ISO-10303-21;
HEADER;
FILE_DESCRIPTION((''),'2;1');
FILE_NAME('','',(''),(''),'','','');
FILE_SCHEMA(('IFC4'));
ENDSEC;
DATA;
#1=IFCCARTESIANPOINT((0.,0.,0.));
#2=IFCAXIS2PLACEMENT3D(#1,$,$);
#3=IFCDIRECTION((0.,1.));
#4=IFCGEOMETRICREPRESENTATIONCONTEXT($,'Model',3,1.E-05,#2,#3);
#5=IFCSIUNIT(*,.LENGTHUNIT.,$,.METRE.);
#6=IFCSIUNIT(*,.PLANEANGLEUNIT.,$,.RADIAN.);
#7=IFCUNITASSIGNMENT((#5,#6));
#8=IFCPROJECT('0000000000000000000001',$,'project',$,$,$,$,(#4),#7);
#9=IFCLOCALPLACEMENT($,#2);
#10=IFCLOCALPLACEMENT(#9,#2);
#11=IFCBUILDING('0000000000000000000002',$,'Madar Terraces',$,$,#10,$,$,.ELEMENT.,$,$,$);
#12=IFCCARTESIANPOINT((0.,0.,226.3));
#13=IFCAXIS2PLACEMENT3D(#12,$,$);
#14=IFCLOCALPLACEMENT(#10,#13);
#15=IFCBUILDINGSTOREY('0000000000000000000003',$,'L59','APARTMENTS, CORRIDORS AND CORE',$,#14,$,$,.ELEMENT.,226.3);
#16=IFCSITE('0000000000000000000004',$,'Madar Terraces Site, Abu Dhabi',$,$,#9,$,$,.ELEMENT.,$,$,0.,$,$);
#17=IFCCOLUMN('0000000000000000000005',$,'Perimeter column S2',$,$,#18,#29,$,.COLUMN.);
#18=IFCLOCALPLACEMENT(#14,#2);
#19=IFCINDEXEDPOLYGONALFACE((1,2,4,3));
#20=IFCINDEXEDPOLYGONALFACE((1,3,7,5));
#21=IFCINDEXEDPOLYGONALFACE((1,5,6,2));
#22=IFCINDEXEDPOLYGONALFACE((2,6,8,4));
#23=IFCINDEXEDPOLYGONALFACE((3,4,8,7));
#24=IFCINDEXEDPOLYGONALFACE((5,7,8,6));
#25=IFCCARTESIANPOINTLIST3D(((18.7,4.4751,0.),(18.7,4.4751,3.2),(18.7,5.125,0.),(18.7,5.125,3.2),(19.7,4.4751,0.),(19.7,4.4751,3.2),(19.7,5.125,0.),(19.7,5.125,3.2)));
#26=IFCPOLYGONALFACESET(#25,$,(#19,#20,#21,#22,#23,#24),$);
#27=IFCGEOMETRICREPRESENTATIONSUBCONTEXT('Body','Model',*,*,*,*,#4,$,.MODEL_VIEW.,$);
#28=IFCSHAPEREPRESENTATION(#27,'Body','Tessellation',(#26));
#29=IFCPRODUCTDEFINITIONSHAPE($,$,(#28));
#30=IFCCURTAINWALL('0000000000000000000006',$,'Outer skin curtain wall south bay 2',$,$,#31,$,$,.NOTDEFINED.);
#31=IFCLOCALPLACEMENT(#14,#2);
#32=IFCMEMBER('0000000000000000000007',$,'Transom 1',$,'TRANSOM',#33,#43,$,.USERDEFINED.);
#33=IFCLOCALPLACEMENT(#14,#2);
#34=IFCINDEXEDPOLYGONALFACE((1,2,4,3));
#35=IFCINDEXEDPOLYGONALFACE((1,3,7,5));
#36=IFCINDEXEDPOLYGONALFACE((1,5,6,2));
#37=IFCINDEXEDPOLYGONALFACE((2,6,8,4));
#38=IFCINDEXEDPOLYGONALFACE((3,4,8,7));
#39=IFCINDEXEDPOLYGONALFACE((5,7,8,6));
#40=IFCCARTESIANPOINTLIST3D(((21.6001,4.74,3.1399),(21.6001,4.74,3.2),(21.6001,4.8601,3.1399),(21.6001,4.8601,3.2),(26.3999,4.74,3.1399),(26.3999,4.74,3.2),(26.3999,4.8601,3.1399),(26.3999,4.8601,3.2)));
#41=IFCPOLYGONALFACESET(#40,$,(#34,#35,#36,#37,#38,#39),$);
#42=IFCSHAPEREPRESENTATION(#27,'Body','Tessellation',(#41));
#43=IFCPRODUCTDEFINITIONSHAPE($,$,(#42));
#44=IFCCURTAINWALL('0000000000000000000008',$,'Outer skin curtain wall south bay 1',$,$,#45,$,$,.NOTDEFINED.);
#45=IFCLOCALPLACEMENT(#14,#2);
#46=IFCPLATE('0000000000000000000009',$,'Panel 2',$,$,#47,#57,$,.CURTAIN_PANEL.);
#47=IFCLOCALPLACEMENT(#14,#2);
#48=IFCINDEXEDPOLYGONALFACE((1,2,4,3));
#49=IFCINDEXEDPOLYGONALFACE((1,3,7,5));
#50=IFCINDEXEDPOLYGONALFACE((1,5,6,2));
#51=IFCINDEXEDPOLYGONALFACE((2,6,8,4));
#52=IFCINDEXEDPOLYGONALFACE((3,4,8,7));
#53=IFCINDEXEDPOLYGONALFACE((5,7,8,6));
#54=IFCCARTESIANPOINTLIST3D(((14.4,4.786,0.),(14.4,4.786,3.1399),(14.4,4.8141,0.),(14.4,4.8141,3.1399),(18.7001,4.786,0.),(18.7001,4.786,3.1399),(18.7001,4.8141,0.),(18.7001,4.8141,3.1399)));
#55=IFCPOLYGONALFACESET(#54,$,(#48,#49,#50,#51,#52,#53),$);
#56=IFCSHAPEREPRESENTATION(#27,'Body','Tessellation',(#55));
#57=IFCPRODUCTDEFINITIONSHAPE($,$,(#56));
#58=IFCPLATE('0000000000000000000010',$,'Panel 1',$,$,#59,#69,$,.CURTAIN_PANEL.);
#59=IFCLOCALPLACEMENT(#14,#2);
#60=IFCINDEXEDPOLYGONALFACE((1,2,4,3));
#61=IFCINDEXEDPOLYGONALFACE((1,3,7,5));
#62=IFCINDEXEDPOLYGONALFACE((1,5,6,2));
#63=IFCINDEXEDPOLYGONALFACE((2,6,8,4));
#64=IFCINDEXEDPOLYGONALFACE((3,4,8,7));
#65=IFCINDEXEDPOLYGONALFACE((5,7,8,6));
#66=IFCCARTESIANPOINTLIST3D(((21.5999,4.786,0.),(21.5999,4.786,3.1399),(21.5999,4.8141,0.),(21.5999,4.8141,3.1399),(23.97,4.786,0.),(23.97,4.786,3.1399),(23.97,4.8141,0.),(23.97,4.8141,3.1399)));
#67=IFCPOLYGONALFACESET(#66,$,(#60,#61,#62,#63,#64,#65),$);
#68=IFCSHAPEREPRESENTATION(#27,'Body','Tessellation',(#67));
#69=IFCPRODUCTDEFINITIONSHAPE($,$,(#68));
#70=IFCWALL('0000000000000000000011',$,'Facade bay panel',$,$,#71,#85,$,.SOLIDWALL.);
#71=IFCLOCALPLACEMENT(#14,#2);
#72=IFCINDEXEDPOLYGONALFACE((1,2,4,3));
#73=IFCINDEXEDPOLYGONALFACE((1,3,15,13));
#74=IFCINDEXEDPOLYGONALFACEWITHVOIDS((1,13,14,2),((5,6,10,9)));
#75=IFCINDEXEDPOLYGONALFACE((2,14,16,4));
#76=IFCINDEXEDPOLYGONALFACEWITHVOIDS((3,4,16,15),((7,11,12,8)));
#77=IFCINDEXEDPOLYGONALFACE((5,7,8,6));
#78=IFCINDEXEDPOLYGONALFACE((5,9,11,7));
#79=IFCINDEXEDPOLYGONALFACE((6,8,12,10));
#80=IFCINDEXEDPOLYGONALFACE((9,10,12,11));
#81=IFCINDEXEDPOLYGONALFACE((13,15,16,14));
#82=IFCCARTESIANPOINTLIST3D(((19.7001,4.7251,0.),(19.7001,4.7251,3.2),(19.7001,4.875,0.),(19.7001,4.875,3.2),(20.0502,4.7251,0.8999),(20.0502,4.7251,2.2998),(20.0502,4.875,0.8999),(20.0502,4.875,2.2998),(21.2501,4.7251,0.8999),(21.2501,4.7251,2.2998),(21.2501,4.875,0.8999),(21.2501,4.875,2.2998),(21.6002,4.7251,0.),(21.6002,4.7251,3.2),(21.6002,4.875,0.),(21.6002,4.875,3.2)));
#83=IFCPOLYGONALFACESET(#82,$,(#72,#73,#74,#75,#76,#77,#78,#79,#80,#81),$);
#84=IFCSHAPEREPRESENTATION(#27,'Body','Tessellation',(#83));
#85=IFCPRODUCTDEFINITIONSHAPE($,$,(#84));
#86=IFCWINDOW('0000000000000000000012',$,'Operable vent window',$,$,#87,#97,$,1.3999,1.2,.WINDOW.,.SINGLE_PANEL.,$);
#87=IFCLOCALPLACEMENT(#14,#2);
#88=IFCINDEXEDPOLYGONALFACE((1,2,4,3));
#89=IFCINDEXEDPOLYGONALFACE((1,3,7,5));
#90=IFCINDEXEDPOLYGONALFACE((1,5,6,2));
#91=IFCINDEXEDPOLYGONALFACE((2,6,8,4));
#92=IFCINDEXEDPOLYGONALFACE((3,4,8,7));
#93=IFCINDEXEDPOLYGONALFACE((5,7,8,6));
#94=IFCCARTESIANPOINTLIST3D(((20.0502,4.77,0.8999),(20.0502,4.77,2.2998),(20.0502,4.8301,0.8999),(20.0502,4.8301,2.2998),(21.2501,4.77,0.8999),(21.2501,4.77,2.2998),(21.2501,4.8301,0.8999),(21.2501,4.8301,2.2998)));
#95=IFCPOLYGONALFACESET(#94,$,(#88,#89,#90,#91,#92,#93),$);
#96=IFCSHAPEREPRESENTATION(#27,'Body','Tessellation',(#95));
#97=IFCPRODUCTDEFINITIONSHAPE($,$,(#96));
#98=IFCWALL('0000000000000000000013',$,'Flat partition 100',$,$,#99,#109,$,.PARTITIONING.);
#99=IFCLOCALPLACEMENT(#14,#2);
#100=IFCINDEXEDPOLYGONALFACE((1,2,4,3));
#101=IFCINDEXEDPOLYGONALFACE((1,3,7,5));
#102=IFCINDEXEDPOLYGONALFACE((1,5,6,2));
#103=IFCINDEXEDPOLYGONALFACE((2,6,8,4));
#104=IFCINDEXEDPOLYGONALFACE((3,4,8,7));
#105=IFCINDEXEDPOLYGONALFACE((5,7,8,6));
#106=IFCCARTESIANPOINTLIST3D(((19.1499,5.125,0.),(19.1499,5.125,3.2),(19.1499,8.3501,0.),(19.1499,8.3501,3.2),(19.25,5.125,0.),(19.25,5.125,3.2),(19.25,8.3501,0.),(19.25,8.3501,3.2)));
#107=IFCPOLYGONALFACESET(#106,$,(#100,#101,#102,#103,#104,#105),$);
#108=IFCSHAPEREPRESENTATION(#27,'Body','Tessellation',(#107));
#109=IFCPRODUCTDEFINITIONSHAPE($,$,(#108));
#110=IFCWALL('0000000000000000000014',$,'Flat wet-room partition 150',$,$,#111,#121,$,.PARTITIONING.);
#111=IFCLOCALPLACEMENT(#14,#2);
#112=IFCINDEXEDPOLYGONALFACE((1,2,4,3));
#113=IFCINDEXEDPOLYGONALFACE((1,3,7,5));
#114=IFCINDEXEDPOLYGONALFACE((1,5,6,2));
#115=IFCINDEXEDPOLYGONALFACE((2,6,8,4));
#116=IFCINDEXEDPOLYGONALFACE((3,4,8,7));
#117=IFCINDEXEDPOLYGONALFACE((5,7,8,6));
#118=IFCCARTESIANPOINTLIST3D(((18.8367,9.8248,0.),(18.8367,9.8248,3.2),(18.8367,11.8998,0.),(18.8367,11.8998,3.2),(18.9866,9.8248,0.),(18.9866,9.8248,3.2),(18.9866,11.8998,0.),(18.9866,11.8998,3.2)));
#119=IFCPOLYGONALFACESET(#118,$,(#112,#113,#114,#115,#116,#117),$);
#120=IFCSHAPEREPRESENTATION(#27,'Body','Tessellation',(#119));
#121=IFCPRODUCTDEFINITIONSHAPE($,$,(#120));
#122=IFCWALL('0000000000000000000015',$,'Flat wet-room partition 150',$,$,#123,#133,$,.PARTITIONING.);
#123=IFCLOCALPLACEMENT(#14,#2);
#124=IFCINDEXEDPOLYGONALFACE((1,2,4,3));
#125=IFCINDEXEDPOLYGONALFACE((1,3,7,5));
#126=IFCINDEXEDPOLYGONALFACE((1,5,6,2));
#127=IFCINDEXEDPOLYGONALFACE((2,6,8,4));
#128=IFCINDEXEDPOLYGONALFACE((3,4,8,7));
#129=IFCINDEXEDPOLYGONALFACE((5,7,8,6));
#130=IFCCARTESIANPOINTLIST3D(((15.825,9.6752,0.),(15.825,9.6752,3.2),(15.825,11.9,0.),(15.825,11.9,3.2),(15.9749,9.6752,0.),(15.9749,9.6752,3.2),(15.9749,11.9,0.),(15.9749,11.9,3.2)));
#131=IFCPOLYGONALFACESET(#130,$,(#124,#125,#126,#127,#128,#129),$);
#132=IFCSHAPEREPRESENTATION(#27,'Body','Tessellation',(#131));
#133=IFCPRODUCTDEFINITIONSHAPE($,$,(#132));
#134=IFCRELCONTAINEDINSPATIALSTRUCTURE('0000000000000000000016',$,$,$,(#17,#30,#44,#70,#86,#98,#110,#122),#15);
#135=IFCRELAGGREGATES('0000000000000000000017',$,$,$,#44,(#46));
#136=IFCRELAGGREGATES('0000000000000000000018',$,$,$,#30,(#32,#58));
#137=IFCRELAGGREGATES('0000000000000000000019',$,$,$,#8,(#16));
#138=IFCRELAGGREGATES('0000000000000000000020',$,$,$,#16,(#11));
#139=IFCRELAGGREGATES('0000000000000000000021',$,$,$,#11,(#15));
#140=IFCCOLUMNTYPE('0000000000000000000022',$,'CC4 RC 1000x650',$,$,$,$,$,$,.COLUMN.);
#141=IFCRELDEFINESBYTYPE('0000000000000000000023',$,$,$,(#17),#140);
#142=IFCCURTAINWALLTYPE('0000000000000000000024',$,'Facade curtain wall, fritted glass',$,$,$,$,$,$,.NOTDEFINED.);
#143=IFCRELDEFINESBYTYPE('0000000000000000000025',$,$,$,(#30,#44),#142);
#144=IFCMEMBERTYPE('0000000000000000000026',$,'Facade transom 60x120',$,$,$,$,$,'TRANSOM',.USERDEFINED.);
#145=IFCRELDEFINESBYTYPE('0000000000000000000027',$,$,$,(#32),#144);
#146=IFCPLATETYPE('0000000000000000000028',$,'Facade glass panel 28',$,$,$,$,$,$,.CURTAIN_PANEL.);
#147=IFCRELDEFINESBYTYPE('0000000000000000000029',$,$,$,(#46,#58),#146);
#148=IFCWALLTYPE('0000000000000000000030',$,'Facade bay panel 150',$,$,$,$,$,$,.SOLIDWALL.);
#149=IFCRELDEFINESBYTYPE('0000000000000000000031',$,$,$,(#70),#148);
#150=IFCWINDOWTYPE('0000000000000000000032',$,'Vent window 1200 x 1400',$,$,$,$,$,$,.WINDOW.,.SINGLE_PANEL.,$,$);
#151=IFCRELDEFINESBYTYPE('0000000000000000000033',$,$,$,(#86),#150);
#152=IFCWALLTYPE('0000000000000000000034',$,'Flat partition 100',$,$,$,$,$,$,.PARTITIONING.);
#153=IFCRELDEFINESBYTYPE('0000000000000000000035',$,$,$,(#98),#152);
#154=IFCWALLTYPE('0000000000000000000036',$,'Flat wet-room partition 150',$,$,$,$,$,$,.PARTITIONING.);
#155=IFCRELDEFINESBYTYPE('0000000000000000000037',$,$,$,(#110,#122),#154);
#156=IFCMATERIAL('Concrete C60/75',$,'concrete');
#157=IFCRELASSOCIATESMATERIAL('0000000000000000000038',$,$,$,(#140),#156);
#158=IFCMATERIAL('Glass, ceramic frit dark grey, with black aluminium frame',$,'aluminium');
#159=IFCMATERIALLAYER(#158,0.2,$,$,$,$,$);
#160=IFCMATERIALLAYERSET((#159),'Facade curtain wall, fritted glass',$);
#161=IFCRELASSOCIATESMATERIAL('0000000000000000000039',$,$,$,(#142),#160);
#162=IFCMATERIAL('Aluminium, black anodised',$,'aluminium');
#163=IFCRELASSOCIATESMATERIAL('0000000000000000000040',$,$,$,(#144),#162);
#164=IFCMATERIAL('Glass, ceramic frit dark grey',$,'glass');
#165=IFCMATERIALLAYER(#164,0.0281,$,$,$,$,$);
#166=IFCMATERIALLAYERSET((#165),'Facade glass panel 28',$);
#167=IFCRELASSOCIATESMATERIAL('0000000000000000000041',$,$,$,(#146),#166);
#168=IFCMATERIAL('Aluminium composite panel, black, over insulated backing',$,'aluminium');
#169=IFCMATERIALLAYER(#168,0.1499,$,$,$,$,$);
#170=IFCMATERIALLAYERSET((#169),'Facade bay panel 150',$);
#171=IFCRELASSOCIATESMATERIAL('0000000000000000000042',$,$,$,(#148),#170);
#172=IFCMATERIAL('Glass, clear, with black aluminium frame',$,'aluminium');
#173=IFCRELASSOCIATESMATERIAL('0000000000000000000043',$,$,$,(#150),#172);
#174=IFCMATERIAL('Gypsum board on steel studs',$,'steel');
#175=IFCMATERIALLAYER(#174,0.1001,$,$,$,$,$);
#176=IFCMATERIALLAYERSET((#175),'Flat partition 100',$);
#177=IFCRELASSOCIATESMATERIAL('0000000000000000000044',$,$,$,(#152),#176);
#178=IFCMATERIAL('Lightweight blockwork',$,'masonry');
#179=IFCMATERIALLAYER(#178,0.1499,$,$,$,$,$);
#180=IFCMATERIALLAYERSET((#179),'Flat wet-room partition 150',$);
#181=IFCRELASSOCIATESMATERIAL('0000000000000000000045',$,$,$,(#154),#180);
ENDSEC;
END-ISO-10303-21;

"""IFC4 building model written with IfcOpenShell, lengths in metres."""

from ifc_helpers import new_model, si_unit, direction, frame, frame_2d, origin, origin_2d, place, context, subcontext, project, spatial, rectangle, extrude, material, layer, layer_set, material_profile, profile_set, type_object, element, fill, aggregate, save


model = new_model("IFC4")

# Units and contexts
model_context = context("Model", 3, precision=1e-05, world=origin(), true_north=direction((0.0, 1.0)))
body_context = subcontext(model_context, "Body", "Model", "MODEL_VIEW")
ifc_project = project(units=[si_unit("LENGTHUNIT", "METRE"), si_unit("PLANEANGLEUNIT", "RADIAN")], contexts=[model_context])

# Site, building, storey
site_placement = place(None, origin())
site = spatial("IfcSite", under=ifc_project, at=site_placement, Name="Madar Terraces Site, Abu Dhabi", CompositionType="ELEMENT", RefElevation=0.0)
building_placement = place(site_placement, origin())
building = spatial("IfcBuilding", under=site, at=building_placement, Name="Madar Terraces", CompositionType="ELEMENT")
storey_placement = place(building_placement, frame((0.0, 0.0, 226.3)))
storey = spatial("IfcBuildingStorey", under=building, at=storey_placement, Name="L59", Description="APARTMENTS, CORRIDORS AND CORE", CompositionType="ELEMENT", Elevation=226.3)

# Column
ifc_material_1 = material(Name="Concrete C60/75", Category="concrete")
ifc_material_profile_1 = material_profile(ifc_material_1, rectangle(XDim=1.0, YDim=0.6499, at=origin_2d()), Name="CC4 RC 1000x650")
ifc_profile_set_1 = profile_set([ifc_material_profile_1], Name="Concrete C60/75")
column_type = type_object("IfcColumnType", Name="CC4 RC 1000x650", PredefinedType="COLUMN", material=ifc_profile_set_1)
column_placement = place(storey_placement, frame((19.2, 4.8, 0.0), z_axis=(0.0, 0.0, 1.0), x_axis=(1.0, 0.0, 0.0)))
element("IfcColumn", 1, at=column_placement, inside=storey, type_object=column_type, Name="Perimeter column S2", PredefinedType="COLUMN", context=body_context, shape_type="SweptSolid", body=[
    extrude(rectangle(XDim=1.0, YDim=0.6499, at=origin_2d()), origin(), (0.0, 0.0, 1.0), 3.2),
])

# Curtain wall, member
ifc_material_2 = material(Name="Glass, ceramic frit dark grey, with black aluminium frame", Category="aluminium")
ifc_layer_1 = layer(ifc_material_2, 0.2)
ifc_layer_set_1 = layer_set([ifc_layer_1], Name="Facade curtain wall, fritted glass")
curtain_wall_type = type_object("IfcCurtainWallType", Name="Facade curtain wall, fritted glass", PredefinedType="NOTDEFINED", material=ifc_layer_set_1)
curtain_wall_1_placement = place(storey_placement, origin())
curtain_wall_1 = element("IfcCurtainWall", 2, at=curtain_wall_1_placement, inside=storey, type_object=curtain_wall_type, Name="Outer skin curtain wall south bay 2", PredefinedType="NOTDEFINED")
ifc_material_3 = material(Name="Aluminium, black anodised", Category="aluminium")
ifc_material_profile_2 = material_profile(ifc_material_3, rectangle(XDim=0.1201, YDim=0.0601, at=origin_2d()), Name="Facade transom 60x120")
ifc_profile_set_2 = profile_set([ifc_material_profile_2], Name="Aluminium, black anodised")
member_type = type_object("IfcMemberType", Name="Facade transom 60x120", ElementType="TRANSOM", PredefinedType="USERDEFINED", material=ifc_profile_set_2)
member_placement = place(storey_placement, frame((21.6001, 4.8, 3.1699), z_axis=(1.0, 0.0, 0.0), x_axis=(0.0, 1.0, 0.0)))
member = element("IfcMember", 3, at=member_placement, type_object=member_type, Name="Transom 1", ObjectType="TRANSOM", PredefinedType="USERDEFINED", context=body_context, shape_type="SweptSolid", body=[
    extrude(rectangle(XDim=0.1201, YDim=0.0601, at=origin_2d()), origin(), (0.0, 0.0, 1.0), 4.7998),
])

# Curtain wall, plate
curtain_wall_2_placement = place(storey_placement, origin())
curtain_wall_2 = element("IfcCurtainWall", 4, at=curtain_wall_2_placement, inside=storey, type_object=curtain_wall_type, Name="Outer skin curtain wall south bay 1", PredefinedType="NOTDEFINED")
ifc_material_4 = material(Name="Glass, ceramic frit dark grey", Category="glass")
ifc_layer_2 = layer(ifc_material_4, 0.0281)
ifc_layer_set_2 = layer_set([ifc_layer_2], Name="Facade glass panel 28")
plate_type = type_object("IfcPlateType", Name="Facade glass panel 28", PredefinedType="CURTAIN_PANEL", material=ifc_layer_set_2)
plate_1_placement = place(storey_placement, frame((16.55, 4.8, 0.0), z_axis=(0.0, 0.0, 1.0), x_axis=(1.0, 0.0, 0.0)))
plate_1 = element("IfcPlate", 5, at=plate_1_placement, type_object=plate_type, Name="Panel 2", PredefinedType="CURTAIN_PANEL", context=body_context, shape_type="SweptSolid", body=[
    extrude(rectangle(XDim=4.3, YDim=0.0281, at=origin_2d()), origin(), (0.0, 0.0, 1.0), 3.1399),
])
aggregate(curtain_wall_2, [plate_1])

# Plate
plate_2_placement = place(storey_placement, frame((22.7849, 4.8, 0.0), z_axis=(0.0, 0.0, 1.0), x_axis=(1.0, 0.0, 0.0)))
plate_2 = element("IfcPlate", 6, at=plate_2_placement, type_object=plate_type, Name="Panel 1", PredefinedType="CURTAIN_PANEL", context=body_context, shape_type="SweptSolid", body=[
    extrude(rectangle(XDim=2.3701, YDim=0.0281, at=origin_2d()), origin(), (0.0, 0.0, 1.0), 3.1399),
])
aggregate(curtain_wall_1, [member, plate_2])

# Wall, opening, window
ifc_material_5 = material(Name="Aluminium composite panel, black, over insulated backing", Category="aluminium")
ifc_layer_3 = layer(ifc_material_5, 0.1499)
ifc_layer_set_3 = layer_set([ifc_layer_3], Name="Facade bay panel 150")
wall_type_1 = type_object("IfcWallType", Name="Facade bay panel 150", PredefinedType="SOLIDWALL", material=ifc_layer_set_3)
wall_1_placement = place(storey_placement, frame((19.7, 4.8, 0.0), z_axis=(0.0, 0.0, 1.0), x_axis=(1.0, 0.0, 0.0)))
wall_1 = element("IfcWall", 7, at=wall_1_placement, inside=storey, type_object=wall_type_1, Name="Facade bay panel", PredefinedType="SOLIDWALL", context=body_context, shape_type="SweptSolid", body=[
    extrude(rectangle(XDim=1.9001, YDim=0.1499, at=frame_2d((0.9502, 0.0))), origin(), (0.0, 0.0, 1.0), 3.2),
])
opening_1_placement = place(wall_1_placement, frame((0.3501, 0.0, 0.8999)))
opening_1 = element("IfcOpeningElement", 8, at=opening_1_placement, cuts=wall_1, PredefinedType="OPENING", context=body_context, shape_type="SweptSolid", body=[
    extrude(rectangle(XDim=1.2, YDim=1.3999, at=frame_2d((0.6001, 0.7))), frame((0.0, 0.085, 0.0), z_axis=(0.0, -1.0, 0.0), x_axis=(1.0, 0.0, 0.0)), (0.0, 0.0, 1.0), 0.1699),
])
ifc_material_6 = material(Name="Glass, clear, with black aluminium frame", Category="aluminium")
window_type = type_object("IfcWindowType", Name="Vent window 1200 x 1400", PartitioningType="SINGLE_PANEL", PredefinedType="WINDOW", material=ifc_material_6)
window_placement = place(opening_1_placement, origin())
window = element("IfcWindow", 9, at=window_placement, inside=storey, type_object=window_type, Name="Operable vent window", OverallHeight=1.3999, OverallWidth=1.2, PartitioningType="SINGLE_PANEL", PredefinedType="WINDOW", context=body_context, shape_type="SweptSolid", body=[
    extrude(rectangle(XDim=1.2, YDim=1.3999, at=frame_2d((0.6001, 0.7))), frame((0.0, 0.03, 0.0), z_axis=(0.0, -1.0, 0.0), x_axis=(1.0, 0.0, 0.0)), (0.0, 0.0, 1.0), 0.0601),
])
fill(opening_1, window)

# Walls
ifc_material_7 = material(Name="Gypsum board on steel studs", Category="steel")
ifc_layer_4 = layer(ifc_material_7, 0.1001)
ifc_layer_set_4 = layer_set([ifc_layer_4], Name="Flat partition 100")
wall_type_2 = type_object("IfcWallType", Name="Flat partition 100", PredefinedType="PARTITIONING", material=ifc_layer_set_4)
wall_2_placement = place(storey_placement, frame((19.2, 8.3501, 0.0), z_axis=(0.0, 0.0, 1.0), x_axis=(0.0, -1.0, 0.0)))
element("IfcWall", 10, at=wall_2_placement, inside=storey, type_object=wall_type_2, Name="Flat partition 100", PredefinedType="PARTITIONING", context=body_context, shape_type="SweptSolid", body=[
    extrude(rectangle(XDim=3.2251, YDim=0.1001, at=frame_2d((1.6125, 0.0))), origin(), (0.0, 0.0, 1.0), 3.2),
])
ifc_material_8 = material(Name="Lightweight blockwork", Category="masonry")
ifc_layer_5 = layer(ifc_material_8, 0.1499)
ifc_layer_set_5 = layer_set([ifc_layer_5], Name="Flat wet-room partition 150")
wall_type_3 = type_object("IfcWallType", Name="Flat wet-room partition 150", PredefinedType="PARTITIONING", material=ifc_layer_set_5)
wall_3_placement = place(storey_placement, frame((18.9116, 11.8999, 0.0), z_axis=(0.0, 0.0, 1.0), x_axis=(0.0, -1.0, 0.0)))
element("IfcWall", 11, at=wall_3_placement, inside=storey, type_object=wall_type_3, Name="Flat wet-room partition 150", PredefinedType="PARTITIONING", context=body_context, shape_type="SweptSolid", body=[
    extrude(rectangle(XDim=2.075, YDim=0.1499, at=frame_2d((1.0376, 0.0))), origin(), (0.0, 0.0, 1.0), 3.2),
])
wall_4_placement = place(storey_placement, frame((15.8999, 11.8999, 0.0), z_axis=(0.0, 0.0, 1.0), x_axis=(0.0, -1.0, 0.0)))
element("IfcWall", 12, at=wall_4_placement, inside=storey, type_object=wall_type_3, Name="Flat wet-room partition 150", PredefinedType="PARTITIONING", context=body_context, shape_type="SweptSolid", body=[
    extrude(rectangle(XDim=2.2249, YDim=0.1499, at=frame_2d((1.1123, 0.0))), origin(), (0.0, 0.0, 1.0), 3.2),
])

save(model, "model.ifc")
